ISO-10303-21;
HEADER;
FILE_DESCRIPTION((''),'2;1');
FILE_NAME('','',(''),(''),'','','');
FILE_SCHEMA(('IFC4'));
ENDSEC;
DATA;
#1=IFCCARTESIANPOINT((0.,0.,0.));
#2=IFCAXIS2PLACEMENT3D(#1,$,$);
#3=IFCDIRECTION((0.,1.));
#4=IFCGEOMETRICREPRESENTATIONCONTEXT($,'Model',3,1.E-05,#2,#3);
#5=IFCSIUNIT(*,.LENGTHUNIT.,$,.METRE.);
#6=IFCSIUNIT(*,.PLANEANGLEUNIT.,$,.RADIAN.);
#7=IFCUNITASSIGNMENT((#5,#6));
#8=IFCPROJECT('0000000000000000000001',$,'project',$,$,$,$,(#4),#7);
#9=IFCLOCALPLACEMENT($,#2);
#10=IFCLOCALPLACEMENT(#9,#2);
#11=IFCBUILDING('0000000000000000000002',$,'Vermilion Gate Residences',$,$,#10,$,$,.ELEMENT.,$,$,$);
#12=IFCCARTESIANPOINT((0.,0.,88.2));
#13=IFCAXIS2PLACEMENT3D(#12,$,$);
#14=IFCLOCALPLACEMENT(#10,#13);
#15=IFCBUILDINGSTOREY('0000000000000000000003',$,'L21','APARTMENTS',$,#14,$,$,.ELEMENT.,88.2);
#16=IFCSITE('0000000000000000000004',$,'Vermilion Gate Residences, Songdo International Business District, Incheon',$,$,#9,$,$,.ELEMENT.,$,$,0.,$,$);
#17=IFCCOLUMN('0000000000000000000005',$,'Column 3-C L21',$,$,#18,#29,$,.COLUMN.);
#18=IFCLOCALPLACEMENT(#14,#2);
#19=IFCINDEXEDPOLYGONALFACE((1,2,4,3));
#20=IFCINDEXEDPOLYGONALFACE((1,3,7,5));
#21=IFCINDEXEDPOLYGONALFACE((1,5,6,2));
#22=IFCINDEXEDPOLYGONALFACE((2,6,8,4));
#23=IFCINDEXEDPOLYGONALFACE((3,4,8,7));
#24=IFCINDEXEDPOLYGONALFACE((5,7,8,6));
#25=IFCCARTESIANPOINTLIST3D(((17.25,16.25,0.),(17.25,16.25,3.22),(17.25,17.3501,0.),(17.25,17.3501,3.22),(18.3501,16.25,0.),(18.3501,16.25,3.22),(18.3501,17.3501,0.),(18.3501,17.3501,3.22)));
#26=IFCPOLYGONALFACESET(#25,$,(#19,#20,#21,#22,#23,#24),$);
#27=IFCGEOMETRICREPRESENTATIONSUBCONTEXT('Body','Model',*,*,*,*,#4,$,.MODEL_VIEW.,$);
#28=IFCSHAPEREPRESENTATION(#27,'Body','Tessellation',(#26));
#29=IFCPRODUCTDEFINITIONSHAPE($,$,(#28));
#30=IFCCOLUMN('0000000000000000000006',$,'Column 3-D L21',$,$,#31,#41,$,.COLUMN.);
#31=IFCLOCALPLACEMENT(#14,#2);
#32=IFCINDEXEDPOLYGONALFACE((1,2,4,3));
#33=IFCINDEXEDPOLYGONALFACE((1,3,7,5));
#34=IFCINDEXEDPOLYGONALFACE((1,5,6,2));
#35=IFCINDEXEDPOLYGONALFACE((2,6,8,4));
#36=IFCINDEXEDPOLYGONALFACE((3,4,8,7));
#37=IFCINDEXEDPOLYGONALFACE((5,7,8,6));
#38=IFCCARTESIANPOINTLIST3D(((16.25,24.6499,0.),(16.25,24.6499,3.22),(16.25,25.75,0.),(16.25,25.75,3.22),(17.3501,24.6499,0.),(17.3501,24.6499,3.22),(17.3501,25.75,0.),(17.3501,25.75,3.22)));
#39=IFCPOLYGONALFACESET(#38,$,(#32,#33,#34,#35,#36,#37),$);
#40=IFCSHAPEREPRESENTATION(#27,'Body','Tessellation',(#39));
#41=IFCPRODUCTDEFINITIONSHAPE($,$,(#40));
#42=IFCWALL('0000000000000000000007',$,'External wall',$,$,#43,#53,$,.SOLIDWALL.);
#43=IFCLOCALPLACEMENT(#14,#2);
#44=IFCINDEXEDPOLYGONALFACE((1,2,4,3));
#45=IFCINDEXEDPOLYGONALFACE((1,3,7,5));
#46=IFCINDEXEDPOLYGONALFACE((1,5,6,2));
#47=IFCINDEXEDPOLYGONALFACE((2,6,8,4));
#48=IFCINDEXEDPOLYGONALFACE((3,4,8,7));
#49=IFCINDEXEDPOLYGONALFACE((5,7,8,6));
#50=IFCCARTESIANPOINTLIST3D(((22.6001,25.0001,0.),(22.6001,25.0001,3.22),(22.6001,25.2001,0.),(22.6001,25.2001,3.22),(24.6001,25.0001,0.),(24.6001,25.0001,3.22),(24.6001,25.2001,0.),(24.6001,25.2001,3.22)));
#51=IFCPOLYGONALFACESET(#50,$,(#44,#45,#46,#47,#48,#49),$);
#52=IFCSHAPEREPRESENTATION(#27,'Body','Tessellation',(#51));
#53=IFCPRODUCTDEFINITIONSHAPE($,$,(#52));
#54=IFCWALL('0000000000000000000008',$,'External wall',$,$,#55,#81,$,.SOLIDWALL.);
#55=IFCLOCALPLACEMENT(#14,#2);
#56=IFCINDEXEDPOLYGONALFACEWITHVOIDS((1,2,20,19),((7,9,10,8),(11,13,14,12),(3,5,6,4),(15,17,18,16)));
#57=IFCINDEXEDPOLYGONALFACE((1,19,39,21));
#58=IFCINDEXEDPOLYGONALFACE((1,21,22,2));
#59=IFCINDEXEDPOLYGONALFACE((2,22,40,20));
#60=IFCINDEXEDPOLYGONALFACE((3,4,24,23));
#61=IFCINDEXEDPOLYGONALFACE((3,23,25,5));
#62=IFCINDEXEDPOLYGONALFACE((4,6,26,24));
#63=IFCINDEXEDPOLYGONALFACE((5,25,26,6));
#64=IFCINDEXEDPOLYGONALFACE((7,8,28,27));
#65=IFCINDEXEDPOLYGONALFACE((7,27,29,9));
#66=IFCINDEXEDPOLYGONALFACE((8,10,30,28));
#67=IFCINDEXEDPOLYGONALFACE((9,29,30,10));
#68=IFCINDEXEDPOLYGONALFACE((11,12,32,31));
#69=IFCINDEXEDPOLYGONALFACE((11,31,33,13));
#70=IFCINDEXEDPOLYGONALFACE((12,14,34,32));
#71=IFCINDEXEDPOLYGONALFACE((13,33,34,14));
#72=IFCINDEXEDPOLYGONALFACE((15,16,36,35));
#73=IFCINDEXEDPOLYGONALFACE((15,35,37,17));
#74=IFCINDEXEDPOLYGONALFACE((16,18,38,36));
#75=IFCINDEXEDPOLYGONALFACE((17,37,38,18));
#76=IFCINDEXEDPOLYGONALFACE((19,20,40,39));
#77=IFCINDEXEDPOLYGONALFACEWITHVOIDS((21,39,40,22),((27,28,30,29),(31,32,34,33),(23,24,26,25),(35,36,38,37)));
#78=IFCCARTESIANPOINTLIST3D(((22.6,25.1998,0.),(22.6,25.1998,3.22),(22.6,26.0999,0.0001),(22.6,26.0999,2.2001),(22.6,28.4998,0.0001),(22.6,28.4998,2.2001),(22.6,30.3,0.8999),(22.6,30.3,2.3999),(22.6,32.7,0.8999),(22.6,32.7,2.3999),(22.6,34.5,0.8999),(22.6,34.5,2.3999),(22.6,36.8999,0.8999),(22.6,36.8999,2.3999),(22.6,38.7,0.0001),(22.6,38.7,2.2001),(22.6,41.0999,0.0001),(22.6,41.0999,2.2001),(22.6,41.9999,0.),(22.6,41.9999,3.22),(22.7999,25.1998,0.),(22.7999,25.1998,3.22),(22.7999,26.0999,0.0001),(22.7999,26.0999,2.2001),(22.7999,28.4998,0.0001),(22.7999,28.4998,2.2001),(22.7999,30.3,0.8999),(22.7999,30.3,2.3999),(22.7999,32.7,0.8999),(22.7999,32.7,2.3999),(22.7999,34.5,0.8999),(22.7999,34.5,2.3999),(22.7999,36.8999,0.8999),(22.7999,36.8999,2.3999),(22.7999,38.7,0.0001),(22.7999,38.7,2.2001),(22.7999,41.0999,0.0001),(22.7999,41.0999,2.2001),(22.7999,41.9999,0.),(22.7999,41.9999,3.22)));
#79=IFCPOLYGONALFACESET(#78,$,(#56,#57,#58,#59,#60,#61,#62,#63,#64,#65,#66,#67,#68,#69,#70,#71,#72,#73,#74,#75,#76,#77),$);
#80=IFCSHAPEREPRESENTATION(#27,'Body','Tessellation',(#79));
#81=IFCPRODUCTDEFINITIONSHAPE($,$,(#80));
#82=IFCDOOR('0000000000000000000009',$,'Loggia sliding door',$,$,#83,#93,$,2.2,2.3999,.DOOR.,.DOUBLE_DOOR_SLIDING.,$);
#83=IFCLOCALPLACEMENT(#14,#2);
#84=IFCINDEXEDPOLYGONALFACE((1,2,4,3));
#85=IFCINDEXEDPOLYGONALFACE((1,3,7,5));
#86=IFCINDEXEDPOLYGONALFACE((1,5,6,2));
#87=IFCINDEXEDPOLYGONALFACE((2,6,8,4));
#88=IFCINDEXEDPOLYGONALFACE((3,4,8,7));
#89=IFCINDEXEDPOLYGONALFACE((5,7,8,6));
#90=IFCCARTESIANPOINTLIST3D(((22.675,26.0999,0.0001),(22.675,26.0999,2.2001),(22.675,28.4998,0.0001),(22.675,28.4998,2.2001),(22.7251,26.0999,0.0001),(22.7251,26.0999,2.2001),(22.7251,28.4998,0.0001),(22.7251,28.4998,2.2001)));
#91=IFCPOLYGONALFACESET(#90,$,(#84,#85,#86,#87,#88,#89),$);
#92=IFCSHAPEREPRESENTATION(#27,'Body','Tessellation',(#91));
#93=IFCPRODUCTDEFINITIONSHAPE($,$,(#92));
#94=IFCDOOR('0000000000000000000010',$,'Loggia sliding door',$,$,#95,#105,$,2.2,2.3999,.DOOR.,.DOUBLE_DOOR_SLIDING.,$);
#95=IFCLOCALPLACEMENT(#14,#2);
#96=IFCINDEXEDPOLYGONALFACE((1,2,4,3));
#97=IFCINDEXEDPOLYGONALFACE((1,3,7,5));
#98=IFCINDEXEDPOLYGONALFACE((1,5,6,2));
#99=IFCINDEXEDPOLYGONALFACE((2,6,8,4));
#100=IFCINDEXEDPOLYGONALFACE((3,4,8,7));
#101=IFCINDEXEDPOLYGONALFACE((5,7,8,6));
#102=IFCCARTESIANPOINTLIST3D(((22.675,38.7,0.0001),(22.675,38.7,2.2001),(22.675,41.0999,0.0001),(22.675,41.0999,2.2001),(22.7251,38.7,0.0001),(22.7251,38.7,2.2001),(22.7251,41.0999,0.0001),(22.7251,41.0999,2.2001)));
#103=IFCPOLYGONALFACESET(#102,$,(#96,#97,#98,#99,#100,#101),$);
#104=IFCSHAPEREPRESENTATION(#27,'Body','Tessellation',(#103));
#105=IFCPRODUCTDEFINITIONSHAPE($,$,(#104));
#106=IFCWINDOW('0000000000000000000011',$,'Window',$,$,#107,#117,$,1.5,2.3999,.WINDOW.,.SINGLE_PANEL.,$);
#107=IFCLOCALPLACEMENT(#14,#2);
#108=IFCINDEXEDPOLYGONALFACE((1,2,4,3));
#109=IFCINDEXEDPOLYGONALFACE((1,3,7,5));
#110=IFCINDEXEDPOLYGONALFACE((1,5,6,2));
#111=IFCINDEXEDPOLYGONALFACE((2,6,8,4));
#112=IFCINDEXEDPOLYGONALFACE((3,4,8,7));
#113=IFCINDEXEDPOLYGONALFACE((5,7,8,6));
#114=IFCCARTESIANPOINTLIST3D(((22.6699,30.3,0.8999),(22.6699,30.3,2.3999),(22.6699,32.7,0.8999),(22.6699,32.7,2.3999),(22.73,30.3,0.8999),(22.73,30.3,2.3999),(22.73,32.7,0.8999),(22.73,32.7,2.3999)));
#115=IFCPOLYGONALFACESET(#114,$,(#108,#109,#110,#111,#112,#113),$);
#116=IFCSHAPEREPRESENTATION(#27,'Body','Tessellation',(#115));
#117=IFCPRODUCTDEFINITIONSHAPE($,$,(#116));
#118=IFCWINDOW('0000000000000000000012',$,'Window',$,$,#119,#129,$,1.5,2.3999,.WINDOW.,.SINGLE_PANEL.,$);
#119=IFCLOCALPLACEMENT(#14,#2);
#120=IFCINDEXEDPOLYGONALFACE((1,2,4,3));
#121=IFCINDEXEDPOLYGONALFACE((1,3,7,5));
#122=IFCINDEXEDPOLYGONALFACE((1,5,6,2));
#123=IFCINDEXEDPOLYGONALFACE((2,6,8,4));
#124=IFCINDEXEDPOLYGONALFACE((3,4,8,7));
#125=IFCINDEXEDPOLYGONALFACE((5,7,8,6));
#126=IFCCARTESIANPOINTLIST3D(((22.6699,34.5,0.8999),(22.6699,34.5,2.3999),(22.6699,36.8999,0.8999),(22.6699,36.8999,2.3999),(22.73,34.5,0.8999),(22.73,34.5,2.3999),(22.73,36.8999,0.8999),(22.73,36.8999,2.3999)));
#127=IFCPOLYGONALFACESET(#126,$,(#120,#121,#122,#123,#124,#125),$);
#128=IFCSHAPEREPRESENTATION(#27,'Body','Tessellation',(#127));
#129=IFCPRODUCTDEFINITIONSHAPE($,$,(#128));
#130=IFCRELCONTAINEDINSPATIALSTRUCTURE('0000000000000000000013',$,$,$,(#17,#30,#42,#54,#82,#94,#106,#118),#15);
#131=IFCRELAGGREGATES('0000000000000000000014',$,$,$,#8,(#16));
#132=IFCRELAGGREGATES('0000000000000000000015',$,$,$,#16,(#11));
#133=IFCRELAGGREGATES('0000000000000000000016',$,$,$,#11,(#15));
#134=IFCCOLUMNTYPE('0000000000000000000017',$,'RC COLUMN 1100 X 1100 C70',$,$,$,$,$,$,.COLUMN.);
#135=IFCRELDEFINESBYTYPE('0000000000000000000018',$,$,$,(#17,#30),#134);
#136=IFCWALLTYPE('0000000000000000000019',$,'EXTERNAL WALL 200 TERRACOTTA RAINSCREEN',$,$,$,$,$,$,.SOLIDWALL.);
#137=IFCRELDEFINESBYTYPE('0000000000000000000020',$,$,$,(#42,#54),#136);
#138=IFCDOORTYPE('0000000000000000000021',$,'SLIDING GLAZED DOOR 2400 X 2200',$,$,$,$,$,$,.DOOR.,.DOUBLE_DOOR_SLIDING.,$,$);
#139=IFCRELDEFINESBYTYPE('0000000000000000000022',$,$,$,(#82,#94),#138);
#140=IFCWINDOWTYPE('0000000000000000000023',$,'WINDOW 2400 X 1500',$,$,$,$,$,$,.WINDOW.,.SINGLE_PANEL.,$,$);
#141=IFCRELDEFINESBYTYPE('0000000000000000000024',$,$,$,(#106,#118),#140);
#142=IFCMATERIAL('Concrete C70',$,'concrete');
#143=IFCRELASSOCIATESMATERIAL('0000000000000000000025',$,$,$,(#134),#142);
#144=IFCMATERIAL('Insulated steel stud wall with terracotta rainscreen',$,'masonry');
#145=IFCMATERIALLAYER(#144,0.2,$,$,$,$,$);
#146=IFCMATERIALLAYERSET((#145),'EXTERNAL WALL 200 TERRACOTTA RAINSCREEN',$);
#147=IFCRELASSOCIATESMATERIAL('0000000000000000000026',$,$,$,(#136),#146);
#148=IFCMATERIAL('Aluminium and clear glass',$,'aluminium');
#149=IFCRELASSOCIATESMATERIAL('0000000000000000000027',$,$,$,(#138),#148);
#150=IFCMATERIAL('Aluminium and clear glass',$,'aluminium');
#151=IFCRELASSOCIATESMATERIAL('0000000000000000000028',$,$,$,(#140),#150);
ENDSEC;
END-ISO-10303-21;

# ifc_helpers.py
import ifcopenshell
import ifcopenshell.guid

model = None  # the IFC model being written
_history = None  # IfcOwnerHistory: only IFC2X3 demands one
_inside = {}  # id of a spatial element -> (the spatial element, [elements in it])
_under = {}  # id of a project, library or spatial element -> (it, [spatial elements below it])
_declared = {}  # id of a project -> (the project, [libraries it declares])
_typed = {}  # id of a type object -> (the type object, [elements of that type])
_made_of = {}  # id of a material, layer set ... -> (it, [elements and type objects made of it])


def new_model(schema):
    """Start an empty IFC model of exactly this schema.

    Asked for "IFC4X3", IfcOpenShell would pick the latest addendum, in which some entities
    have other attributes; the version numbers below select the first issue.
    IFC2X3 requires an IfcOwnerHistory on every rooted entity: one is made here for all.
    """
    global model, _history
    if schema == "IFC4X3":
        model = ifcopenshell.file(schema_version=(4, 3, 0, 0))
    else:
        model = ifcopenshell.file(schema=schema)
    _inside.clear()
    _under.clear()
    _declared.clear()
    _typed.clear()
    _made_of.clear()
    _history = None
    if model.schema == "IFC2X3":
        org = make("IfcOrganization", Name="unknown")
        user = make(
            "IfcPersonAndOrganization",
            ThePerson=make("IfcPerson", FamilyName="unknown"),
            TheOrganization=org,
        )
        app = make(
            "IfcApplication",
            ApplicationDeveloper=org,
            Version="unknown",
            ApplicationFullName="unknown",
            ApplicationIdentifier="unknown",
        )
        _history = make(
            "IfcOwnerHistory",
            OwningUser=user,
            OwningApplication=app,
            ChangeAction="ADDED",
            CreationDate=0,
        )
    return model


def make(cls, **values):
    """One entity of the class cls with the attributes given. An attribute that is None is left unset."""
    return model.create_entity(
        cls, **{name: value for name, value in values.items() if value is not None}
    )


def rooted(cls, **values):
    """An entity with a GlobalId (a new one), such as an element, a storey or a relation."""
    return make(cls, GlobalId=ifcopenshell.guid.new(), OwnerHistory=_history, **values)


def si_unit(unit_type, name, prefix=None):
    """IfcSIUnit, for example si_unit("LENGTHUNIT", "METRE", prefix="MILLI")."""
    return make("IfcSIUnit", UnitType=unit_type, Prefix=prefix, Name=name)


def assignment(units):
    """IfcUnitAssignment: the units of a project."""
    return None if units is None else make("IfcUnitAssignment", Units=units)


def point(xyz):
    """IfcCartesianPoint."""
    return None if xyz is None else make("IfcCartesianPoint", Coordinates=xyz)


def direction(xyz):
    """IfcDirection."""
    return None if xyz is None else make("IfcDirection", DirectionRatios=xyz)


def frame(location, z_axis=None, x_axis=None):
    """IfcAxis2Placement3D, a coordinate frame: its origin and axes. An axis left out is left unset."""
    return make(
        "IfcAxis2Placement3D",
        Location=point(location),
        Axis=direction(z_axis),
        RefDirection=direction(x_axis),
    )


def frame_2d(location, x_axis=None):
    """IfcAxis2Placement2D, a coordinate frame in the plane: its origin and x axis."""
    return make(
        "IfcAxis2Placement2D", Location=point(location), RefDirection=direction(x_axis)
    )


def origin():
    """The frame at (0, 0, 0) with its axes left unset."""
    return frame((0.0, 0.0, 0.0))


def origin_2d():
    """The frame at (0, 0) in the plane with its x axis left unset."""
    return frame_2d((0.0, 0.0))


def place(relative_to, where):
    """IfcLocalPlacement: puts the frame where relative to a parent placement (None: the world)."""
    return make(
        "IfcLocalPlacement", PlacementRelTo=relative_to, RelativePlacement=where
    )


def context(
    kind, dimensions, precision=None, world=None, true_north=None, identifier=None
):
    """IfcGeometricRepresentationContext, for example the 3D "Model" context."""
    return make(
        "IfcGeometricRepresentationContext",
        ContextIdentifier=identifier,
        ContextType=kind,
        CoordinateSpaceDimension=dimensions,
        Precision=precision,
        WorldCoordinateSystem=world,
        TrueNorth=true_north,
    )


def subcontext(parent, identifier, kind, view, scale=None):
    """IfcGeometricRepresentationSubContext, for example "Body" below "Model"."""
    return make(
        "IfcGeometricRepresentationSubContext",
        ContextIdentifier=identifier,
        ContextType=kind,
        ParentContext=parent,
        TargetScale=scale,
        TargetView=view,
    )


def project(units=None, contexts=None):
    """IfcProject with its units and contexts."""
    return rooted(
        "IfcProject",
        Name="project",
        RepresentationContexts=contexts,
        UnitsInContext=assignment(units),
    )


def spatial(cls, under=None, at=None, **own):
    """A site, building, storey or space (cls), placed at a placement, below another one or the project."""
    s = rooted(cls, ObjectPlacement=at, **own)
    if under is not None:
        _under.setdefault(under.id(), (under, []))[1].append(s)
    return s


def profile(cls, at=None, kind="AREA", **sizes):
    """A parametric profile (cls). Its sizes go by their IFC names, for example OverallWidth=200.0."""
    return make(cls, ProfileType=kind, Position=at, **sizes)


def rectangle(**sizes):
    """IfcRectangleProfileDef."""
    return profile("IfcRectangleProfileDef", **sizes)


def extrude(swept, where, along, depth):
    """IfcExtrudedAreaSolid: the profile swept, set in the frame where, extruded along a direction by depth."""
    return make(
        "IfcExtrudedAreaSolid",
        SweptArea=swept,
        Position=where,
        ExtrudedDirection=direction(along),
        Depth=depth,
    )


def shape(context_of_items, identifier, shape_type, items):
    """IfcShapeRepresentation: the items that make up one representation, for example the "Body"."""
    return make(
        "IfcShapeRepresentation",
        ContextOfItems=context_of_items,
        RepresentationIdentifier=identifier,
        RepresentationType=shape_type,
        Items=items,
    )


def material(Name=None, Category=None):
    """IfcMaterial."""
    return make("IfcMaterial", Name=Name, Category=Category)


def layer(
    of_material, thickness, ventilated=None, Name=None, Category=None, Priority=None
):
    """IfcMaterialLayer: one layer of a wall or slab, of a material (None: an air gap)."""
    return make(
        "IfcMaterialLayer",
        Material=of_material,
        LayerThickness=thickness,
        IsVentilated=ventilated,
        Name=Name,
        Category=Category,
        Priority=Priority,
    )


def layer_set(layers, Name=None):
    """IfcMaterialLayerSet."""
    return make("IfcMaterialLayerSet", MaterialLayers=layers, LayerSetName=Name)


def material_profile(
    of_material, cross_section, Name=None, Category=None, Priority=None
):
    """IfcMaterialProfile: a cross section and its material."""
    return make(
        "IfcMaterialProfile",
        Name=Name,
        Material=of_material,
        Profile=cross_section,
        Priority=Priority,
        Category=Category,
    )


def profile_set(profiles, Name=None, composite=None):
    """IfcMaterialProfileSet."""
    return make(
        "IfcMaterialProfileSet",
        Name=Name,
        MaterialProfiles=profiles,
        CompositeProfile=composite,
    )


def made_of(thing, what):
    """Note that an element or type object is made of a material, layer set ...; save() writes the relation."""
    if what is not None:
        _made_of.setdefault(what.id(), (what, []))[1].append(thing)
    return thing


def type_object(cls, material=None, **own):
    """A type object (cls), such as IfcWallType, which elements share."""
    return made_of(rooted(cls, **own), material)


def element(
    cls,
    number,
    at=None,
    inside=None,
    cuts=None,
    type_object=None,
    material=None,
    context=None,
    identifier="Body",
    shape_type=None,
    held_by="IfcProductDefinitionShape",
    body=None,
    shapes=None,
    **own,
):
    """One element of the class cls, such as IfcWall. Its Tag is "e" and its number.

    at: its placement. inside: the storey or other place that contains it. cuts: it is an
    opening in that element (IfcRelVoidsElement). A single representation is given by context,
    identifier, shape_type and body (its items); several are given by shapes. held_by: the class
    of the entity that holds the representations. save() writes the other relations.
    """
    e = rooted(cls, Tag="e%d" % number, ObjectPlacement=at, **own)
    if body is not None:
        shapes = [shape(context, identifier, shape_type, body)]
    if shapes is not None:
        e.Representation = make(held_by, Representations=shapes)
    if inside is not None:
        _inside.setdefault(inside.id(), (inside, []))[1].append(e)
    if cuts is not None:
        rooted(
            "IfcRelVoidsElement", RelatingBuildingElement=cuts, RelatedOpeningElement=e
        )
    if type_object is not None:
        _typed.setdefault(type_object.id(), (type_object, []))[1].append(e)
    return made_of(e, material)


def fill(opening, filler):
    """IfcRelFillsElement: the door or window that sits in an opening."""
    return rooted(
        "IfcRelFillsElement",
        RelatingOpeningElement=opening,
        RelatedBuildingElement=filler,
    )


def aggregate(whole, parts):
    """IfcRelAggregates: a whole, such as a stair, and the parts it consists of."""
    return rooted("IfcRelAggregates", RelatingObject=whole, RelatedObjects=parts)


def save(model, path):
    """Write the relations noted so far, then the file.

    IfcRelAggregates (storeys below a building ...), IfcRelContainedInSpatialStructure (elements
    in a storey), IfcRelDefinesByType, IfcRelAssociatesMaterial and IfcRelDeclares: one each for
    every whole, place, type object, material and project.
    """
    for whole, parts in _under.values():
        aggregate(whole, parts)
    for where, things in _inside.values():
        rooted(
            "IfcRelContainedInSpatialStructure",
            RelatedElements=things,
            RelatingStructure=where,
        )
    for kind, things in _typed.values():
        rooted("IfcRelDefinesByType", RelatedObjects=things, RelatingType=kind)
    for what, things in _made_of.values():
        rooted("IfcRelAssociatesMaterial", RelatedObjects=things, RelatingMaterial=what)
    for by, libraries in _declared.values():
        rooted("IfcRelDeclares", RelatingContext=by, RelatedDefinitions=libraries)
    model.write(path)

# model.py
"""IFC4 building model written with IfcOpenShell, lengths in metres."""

from ifc_helpers import new_model, si_unit, direction, frame, frame_2d, origin, origin_2d, place, context, subcontext, project, spatial, rectangle, extrude, material, layer, layer_set, material_profile, profile_set, type_object, element, fill, save


model = new_model("IFC4")

# Units and contexts
model_context = context("Model", 3, precision=1e-05, world=origin(), true_north=direction((0.0, 1.0)))
body_context = subcontext(model_context, "Body", "Model", "MODEL_VIEW")
ifc_project = project(units=[si_unit("LENGTHUNIT", "METRE"), si_unit("PLANEANGLEUNIT", "RADIAN")], contexts=[model_context])

# Site, building, storey
site_placement = place(None, origin())
site = spatial("IfcSite", under=ifc_project, at=site_placement, Name="Vermilion Gate Residences, Songdo International Business District, Incheon", CompositionType="ELEMENT", RefElevation=0.0)
building_placement = place(site_placement, origin())
building = spatial("IfcBuilding", under=site, at=building_placement, Name="Vermilion Gate Residences", CompositionType="ELEMENT")
storey_placement = place(building_placement, frame((0.0, 0.0, 88.2)))
storey = spatial("IfcBuildingStorey", under=building, at=storey_placement, Name="L21", Description="APARTMENTS", CompositionType="ELEMENT", Elevation=88.2)

# Columns
ifc_material_1 = material(Name="Concrete C70", Category="concrete")
ifc_material_profile = material_profile(ifc_material_1, rectangle(XDim=1.1001, YDim=1.1001, at=origin_2d()), Name="RC-1100x1100")
ifc_profile_set = profile_set([ifc_material_profile], Name="Concrete C70")
column_type = type_object("IfcColumnType", Name="RC COLUMN 1100 X 1100 C70", PredefinedType="COLUMN", material=ifc_profile_set)
for number, where, z_axis, x_axis, name in (
    (1, (17.8, 16.8, 0.0), (0.0, 0.0, 1.0), (1.0, 0.0, 0.0), "Column 3-C L21"),
    (2, (16.8, 25.2, 0.0), (0.0, 0.0, 1.0), (1.0, 0.0, 0.0), "Column 3-D L21"),
):
    element("IfcColumn", number, at=place(storey_placement, frame(where, z_axis=z_axis, x_axis=x_axis)), inside=storey, type_object=column_type, Name=name, PredefinedType="COLUMN", context=body_context, shape_type="SweptSolid", body=[
        extrude(rectangle(XDim=1.1001, YDim=1.1001, at=origin_2d()), origin(), (0.0, 0.0, 1.0), 3.22),
    ])

# Wall
ifc_material_2 = material(Name="Insulated steel stud wall with terracotta rainscreen", Category="masonry")
ifc_layer_1 = layer(ifc_material_2, 0.2)
ifc_layer_set_1 = layer_set([ifc_layer_1], Name="EXTERNAL WALL 200 TERRACOTTA RAINSCREEN")
wall_type_1 = type_object("IfcWallType", Name="EXTERNAL WALL 200 TERRACOTTA RAINSCREEN", PredefinedType="SOLIDWALL", material=ifc_layer_set_1)
wall_1_placement = place(storey_placement, frame((24.6001, 25.1001, 0.0), z_axis=(0.0, 0.0, 1.0), x_axis=(-1.0, 0.0, 0.0)))
element("IfcWall", 3, at=wall_1_placement, inside=storey, type_object=wall_type_1, Name="External wall", PredefinedType="SOLIDWALL", context=body_context, shape_type="SweptSolid", body=[
    extrude(rectangle(XDim=2.0, YDim=0.2, at=frame_2d((1.0, 0.0))), origin(), (0.0, 0.0, 1.0), 3.22),
])

# Wall, openings, doors, windows
wall_2_placement = place(storey_placement, frame((22.7, 25.2, 0.0), z_axis=(0.0, 0.0, 1.0), x_axis=(0.0, 1.0, 0.0)))
wall_2 = element("IfcWall", 4, at=wall_2_placement, inside=storey, type_object=wall_type_1, Name="External wall", PredefinedType="SOLIDWALL", context=body_context, shape_type="SweptSolid", body=[
    extrude(rectangle(XDim=16.8, YDim=0.2, at=frame_2d((8.3999, 0.0))), origin(), (0.0, 0.0, 1.0), 3.22),
])
opening_1_placement = place(wall_2_placement, frame((0.8999, 0.0, 0.0)))
opening_1 = element("IfcOpeningElement", 5, at=opening_1_placement, cuts=wall_2, PredefinedType="OPENING", context=body_context, shape_type="SweptSolid", body=[
    extrude(rectangle(XDim=2.3999, YDim=2.2, at=frame_2d((1.2, 1.1001))), frame((0.0, 0.1099, 0.0), z_axis=(0.0, -1.0, 0.0), x_axis=(1.0, 0.0, 0.0)), (0.0, 0.0, 1.0), 0.22),
])
opening_2_placement = place(wall_2_placement, frame((5.1001, 0.0, 0.8999)))
opening_2 = element("IfcOpeningElement", 6, at=opening_2_placement, cuts=wall_2, PredefinedType="OPENING", context=body_context, shape_type="SweptSolid", body=[
    extrude(rectangle(XDim=2.3999, YDim=1.5, at=frame_2d((1.2, 0.75))), frame((0.0, 0.1099, 0.0), z_axis=(0.0, -1.0, 0.0), x_axis=(1.0, 0.0, 0.0)), (0.0, 0.0, 1.0), 0.22),
])
opening_3_placement = place(wall_2_placement, frame((9.3, 0.0, 0.8999)))
opening_3 = element("IfcOpeningElement", 7, at=opening_3_placement, cuts=wall_2, PredefinedType="OPENING", context=body_context, shape_type="SweptSolid", body=[
    extrude(rectangle(XDim=2.3999, YDim=1.5, at=frame_2d((1.2, 0.75))), frame((0.0, 0.1099, 0.0), z_axis=(0.0, -1.0, 0.0), x_axis=(1.0, 0.0, 0.0)), (0.0, 0.0, 1.0), 0.22),
])
opening_4_placement = place(wall_2_placement, frame((13.5, 0.0, 0.0)))
opening_4 = element("IfcOpeningElement", 8, at=opening_4_placement, cuts=wall_2, PredefinedType="OPENING", context=body_context, shape_type="SweptSolid", body=[
    extrude(rectangle(XDim=2.3999, YDim=2.2, at=frame_2d((1.2, 1.1001))), frame((0.0, 0.1099, 0.0), z_axis=(0.0, -1.0, 0.0), x_axis=(1.0, 0.0, 0.0)), (0.0, 0.0, 1.0), 0.22),
])
ifc_material_3 = material(Name="Aluminium and clear glass", Category="aluminium")
door_type_1 = type_object("IfcDoorType", Name="SLIDING GLAZED DOOR 2400 X 2200", OperationType="DOUBLE_DOOR_SLIDING", PredefinedType="DOOR", material=ifc_material_3)
door_1_placement = place(opening_1_placement, origin())
door_1 = element("IfcDoor", 9, at=door_1_placement, inside=storey, type_object=door_type_1, Name="Loggia sliding door", OperationType="DOUBLE_DOOR_SLIDING", OverallHeight=2.2, OverallWidth=2.3999, PredefinedType="DOOR", context=body_context, shape_type="SweptSolid", body=[
    extrude(rectangle(XDim=2.3999, YDim=2.2, at=frame_2d((1.2, 1.1001))), frame((0.0, 0.0249, 0.0), z_axis=(0.0, -1.0, 0.0), x_axis=(1.0, 0.0, 0.0)), (0.0, 0.0, 1.0), 0.05),
])
fill(opening_1, door_1)
door_2_placement = place(opening_4_placement, origin())
door_2 = element("IfcDoor", 10, at=door_2_placement, inside=storey, type_object=door_type_1, Name="Loggia sliding door", OperationType="DOUBLE_DOOR_SLIDING", OverallHeight=2.2, OverallWidth=2.3999, PredefinedType="DOOR", context=body_context, shape_type="SweptSolid", body=[
    extrude(rectangle(XDim=2.3999, YDim=2.2, at=frame_2d((1.2, 1.1001))), frame((0.0, 0.0249, 0.0), z_axis=(0.0, -1.0, 0.0), x_axis=(1.0, 0.0, 0.0)), (0.0, 0.0, 1.0), 0.05),
])
fill(opening_4, door_2)
ifc_material_4 = material(Name="Aluminium and clear glass", Category="aluminium")
window_type = type_object("IfcWindowType", Name="WINDOW 2400 X 1500", PartitioningType="SINGLE_PANEL", PredefinedType="WINDOW", material=ifc_material_4)
window_1_placement = place(opening_2_placement, origin())
window_1 = element("IfcWindow", 11, at=window_1_placement, inside=storey, type_object=window_type, Name="Window", OverallHeight=1.5, OverallWidth=2.3999, PartitioningType="SINGLE_PANEL", PredefinedType="WINDOW", context=body_context, shape_type="SweptSolid", body=[
    extrude(rectangle(XDim=2.3999, YDim=1.5, at=frame_2d((1.2, 0.75))), frame((0.0, 0.03, 0.0), z_axis=(0.0, -1.0, 0.0), x_axis=(1.0, 0.0, 0.0)), (0.0, 0.0, 1.0), 0.0601),
])
fill(opening_2, window_1)
window_2_placement = place(opening_3_placement, origin())
window_2 = element("IfcWindow", 12, at=window_2_placement, inside=storey, type_object=window_type, Name="Window", OverallHeight=1.5, OverallWidth=2.3999, PartitioningType="SINGLE_PANEL", PredefinedType="WINDOW", context=body_context, shape_type="SweptSolid", body=[
    extrude(rectangle(XDim=2.3999, YDim=1.5, at=frame_2d((1.2, 0.75))), frame((0.0, 0.03, 0.0), z_axis=(0.0, -1.0, 0.0), x_axis=(1.0, 0.0, 0.0)), (0.0, 0.0, 1.0), 0.0601),
])
fill(opening_3, window_2)

save(model, "model.ifc")
